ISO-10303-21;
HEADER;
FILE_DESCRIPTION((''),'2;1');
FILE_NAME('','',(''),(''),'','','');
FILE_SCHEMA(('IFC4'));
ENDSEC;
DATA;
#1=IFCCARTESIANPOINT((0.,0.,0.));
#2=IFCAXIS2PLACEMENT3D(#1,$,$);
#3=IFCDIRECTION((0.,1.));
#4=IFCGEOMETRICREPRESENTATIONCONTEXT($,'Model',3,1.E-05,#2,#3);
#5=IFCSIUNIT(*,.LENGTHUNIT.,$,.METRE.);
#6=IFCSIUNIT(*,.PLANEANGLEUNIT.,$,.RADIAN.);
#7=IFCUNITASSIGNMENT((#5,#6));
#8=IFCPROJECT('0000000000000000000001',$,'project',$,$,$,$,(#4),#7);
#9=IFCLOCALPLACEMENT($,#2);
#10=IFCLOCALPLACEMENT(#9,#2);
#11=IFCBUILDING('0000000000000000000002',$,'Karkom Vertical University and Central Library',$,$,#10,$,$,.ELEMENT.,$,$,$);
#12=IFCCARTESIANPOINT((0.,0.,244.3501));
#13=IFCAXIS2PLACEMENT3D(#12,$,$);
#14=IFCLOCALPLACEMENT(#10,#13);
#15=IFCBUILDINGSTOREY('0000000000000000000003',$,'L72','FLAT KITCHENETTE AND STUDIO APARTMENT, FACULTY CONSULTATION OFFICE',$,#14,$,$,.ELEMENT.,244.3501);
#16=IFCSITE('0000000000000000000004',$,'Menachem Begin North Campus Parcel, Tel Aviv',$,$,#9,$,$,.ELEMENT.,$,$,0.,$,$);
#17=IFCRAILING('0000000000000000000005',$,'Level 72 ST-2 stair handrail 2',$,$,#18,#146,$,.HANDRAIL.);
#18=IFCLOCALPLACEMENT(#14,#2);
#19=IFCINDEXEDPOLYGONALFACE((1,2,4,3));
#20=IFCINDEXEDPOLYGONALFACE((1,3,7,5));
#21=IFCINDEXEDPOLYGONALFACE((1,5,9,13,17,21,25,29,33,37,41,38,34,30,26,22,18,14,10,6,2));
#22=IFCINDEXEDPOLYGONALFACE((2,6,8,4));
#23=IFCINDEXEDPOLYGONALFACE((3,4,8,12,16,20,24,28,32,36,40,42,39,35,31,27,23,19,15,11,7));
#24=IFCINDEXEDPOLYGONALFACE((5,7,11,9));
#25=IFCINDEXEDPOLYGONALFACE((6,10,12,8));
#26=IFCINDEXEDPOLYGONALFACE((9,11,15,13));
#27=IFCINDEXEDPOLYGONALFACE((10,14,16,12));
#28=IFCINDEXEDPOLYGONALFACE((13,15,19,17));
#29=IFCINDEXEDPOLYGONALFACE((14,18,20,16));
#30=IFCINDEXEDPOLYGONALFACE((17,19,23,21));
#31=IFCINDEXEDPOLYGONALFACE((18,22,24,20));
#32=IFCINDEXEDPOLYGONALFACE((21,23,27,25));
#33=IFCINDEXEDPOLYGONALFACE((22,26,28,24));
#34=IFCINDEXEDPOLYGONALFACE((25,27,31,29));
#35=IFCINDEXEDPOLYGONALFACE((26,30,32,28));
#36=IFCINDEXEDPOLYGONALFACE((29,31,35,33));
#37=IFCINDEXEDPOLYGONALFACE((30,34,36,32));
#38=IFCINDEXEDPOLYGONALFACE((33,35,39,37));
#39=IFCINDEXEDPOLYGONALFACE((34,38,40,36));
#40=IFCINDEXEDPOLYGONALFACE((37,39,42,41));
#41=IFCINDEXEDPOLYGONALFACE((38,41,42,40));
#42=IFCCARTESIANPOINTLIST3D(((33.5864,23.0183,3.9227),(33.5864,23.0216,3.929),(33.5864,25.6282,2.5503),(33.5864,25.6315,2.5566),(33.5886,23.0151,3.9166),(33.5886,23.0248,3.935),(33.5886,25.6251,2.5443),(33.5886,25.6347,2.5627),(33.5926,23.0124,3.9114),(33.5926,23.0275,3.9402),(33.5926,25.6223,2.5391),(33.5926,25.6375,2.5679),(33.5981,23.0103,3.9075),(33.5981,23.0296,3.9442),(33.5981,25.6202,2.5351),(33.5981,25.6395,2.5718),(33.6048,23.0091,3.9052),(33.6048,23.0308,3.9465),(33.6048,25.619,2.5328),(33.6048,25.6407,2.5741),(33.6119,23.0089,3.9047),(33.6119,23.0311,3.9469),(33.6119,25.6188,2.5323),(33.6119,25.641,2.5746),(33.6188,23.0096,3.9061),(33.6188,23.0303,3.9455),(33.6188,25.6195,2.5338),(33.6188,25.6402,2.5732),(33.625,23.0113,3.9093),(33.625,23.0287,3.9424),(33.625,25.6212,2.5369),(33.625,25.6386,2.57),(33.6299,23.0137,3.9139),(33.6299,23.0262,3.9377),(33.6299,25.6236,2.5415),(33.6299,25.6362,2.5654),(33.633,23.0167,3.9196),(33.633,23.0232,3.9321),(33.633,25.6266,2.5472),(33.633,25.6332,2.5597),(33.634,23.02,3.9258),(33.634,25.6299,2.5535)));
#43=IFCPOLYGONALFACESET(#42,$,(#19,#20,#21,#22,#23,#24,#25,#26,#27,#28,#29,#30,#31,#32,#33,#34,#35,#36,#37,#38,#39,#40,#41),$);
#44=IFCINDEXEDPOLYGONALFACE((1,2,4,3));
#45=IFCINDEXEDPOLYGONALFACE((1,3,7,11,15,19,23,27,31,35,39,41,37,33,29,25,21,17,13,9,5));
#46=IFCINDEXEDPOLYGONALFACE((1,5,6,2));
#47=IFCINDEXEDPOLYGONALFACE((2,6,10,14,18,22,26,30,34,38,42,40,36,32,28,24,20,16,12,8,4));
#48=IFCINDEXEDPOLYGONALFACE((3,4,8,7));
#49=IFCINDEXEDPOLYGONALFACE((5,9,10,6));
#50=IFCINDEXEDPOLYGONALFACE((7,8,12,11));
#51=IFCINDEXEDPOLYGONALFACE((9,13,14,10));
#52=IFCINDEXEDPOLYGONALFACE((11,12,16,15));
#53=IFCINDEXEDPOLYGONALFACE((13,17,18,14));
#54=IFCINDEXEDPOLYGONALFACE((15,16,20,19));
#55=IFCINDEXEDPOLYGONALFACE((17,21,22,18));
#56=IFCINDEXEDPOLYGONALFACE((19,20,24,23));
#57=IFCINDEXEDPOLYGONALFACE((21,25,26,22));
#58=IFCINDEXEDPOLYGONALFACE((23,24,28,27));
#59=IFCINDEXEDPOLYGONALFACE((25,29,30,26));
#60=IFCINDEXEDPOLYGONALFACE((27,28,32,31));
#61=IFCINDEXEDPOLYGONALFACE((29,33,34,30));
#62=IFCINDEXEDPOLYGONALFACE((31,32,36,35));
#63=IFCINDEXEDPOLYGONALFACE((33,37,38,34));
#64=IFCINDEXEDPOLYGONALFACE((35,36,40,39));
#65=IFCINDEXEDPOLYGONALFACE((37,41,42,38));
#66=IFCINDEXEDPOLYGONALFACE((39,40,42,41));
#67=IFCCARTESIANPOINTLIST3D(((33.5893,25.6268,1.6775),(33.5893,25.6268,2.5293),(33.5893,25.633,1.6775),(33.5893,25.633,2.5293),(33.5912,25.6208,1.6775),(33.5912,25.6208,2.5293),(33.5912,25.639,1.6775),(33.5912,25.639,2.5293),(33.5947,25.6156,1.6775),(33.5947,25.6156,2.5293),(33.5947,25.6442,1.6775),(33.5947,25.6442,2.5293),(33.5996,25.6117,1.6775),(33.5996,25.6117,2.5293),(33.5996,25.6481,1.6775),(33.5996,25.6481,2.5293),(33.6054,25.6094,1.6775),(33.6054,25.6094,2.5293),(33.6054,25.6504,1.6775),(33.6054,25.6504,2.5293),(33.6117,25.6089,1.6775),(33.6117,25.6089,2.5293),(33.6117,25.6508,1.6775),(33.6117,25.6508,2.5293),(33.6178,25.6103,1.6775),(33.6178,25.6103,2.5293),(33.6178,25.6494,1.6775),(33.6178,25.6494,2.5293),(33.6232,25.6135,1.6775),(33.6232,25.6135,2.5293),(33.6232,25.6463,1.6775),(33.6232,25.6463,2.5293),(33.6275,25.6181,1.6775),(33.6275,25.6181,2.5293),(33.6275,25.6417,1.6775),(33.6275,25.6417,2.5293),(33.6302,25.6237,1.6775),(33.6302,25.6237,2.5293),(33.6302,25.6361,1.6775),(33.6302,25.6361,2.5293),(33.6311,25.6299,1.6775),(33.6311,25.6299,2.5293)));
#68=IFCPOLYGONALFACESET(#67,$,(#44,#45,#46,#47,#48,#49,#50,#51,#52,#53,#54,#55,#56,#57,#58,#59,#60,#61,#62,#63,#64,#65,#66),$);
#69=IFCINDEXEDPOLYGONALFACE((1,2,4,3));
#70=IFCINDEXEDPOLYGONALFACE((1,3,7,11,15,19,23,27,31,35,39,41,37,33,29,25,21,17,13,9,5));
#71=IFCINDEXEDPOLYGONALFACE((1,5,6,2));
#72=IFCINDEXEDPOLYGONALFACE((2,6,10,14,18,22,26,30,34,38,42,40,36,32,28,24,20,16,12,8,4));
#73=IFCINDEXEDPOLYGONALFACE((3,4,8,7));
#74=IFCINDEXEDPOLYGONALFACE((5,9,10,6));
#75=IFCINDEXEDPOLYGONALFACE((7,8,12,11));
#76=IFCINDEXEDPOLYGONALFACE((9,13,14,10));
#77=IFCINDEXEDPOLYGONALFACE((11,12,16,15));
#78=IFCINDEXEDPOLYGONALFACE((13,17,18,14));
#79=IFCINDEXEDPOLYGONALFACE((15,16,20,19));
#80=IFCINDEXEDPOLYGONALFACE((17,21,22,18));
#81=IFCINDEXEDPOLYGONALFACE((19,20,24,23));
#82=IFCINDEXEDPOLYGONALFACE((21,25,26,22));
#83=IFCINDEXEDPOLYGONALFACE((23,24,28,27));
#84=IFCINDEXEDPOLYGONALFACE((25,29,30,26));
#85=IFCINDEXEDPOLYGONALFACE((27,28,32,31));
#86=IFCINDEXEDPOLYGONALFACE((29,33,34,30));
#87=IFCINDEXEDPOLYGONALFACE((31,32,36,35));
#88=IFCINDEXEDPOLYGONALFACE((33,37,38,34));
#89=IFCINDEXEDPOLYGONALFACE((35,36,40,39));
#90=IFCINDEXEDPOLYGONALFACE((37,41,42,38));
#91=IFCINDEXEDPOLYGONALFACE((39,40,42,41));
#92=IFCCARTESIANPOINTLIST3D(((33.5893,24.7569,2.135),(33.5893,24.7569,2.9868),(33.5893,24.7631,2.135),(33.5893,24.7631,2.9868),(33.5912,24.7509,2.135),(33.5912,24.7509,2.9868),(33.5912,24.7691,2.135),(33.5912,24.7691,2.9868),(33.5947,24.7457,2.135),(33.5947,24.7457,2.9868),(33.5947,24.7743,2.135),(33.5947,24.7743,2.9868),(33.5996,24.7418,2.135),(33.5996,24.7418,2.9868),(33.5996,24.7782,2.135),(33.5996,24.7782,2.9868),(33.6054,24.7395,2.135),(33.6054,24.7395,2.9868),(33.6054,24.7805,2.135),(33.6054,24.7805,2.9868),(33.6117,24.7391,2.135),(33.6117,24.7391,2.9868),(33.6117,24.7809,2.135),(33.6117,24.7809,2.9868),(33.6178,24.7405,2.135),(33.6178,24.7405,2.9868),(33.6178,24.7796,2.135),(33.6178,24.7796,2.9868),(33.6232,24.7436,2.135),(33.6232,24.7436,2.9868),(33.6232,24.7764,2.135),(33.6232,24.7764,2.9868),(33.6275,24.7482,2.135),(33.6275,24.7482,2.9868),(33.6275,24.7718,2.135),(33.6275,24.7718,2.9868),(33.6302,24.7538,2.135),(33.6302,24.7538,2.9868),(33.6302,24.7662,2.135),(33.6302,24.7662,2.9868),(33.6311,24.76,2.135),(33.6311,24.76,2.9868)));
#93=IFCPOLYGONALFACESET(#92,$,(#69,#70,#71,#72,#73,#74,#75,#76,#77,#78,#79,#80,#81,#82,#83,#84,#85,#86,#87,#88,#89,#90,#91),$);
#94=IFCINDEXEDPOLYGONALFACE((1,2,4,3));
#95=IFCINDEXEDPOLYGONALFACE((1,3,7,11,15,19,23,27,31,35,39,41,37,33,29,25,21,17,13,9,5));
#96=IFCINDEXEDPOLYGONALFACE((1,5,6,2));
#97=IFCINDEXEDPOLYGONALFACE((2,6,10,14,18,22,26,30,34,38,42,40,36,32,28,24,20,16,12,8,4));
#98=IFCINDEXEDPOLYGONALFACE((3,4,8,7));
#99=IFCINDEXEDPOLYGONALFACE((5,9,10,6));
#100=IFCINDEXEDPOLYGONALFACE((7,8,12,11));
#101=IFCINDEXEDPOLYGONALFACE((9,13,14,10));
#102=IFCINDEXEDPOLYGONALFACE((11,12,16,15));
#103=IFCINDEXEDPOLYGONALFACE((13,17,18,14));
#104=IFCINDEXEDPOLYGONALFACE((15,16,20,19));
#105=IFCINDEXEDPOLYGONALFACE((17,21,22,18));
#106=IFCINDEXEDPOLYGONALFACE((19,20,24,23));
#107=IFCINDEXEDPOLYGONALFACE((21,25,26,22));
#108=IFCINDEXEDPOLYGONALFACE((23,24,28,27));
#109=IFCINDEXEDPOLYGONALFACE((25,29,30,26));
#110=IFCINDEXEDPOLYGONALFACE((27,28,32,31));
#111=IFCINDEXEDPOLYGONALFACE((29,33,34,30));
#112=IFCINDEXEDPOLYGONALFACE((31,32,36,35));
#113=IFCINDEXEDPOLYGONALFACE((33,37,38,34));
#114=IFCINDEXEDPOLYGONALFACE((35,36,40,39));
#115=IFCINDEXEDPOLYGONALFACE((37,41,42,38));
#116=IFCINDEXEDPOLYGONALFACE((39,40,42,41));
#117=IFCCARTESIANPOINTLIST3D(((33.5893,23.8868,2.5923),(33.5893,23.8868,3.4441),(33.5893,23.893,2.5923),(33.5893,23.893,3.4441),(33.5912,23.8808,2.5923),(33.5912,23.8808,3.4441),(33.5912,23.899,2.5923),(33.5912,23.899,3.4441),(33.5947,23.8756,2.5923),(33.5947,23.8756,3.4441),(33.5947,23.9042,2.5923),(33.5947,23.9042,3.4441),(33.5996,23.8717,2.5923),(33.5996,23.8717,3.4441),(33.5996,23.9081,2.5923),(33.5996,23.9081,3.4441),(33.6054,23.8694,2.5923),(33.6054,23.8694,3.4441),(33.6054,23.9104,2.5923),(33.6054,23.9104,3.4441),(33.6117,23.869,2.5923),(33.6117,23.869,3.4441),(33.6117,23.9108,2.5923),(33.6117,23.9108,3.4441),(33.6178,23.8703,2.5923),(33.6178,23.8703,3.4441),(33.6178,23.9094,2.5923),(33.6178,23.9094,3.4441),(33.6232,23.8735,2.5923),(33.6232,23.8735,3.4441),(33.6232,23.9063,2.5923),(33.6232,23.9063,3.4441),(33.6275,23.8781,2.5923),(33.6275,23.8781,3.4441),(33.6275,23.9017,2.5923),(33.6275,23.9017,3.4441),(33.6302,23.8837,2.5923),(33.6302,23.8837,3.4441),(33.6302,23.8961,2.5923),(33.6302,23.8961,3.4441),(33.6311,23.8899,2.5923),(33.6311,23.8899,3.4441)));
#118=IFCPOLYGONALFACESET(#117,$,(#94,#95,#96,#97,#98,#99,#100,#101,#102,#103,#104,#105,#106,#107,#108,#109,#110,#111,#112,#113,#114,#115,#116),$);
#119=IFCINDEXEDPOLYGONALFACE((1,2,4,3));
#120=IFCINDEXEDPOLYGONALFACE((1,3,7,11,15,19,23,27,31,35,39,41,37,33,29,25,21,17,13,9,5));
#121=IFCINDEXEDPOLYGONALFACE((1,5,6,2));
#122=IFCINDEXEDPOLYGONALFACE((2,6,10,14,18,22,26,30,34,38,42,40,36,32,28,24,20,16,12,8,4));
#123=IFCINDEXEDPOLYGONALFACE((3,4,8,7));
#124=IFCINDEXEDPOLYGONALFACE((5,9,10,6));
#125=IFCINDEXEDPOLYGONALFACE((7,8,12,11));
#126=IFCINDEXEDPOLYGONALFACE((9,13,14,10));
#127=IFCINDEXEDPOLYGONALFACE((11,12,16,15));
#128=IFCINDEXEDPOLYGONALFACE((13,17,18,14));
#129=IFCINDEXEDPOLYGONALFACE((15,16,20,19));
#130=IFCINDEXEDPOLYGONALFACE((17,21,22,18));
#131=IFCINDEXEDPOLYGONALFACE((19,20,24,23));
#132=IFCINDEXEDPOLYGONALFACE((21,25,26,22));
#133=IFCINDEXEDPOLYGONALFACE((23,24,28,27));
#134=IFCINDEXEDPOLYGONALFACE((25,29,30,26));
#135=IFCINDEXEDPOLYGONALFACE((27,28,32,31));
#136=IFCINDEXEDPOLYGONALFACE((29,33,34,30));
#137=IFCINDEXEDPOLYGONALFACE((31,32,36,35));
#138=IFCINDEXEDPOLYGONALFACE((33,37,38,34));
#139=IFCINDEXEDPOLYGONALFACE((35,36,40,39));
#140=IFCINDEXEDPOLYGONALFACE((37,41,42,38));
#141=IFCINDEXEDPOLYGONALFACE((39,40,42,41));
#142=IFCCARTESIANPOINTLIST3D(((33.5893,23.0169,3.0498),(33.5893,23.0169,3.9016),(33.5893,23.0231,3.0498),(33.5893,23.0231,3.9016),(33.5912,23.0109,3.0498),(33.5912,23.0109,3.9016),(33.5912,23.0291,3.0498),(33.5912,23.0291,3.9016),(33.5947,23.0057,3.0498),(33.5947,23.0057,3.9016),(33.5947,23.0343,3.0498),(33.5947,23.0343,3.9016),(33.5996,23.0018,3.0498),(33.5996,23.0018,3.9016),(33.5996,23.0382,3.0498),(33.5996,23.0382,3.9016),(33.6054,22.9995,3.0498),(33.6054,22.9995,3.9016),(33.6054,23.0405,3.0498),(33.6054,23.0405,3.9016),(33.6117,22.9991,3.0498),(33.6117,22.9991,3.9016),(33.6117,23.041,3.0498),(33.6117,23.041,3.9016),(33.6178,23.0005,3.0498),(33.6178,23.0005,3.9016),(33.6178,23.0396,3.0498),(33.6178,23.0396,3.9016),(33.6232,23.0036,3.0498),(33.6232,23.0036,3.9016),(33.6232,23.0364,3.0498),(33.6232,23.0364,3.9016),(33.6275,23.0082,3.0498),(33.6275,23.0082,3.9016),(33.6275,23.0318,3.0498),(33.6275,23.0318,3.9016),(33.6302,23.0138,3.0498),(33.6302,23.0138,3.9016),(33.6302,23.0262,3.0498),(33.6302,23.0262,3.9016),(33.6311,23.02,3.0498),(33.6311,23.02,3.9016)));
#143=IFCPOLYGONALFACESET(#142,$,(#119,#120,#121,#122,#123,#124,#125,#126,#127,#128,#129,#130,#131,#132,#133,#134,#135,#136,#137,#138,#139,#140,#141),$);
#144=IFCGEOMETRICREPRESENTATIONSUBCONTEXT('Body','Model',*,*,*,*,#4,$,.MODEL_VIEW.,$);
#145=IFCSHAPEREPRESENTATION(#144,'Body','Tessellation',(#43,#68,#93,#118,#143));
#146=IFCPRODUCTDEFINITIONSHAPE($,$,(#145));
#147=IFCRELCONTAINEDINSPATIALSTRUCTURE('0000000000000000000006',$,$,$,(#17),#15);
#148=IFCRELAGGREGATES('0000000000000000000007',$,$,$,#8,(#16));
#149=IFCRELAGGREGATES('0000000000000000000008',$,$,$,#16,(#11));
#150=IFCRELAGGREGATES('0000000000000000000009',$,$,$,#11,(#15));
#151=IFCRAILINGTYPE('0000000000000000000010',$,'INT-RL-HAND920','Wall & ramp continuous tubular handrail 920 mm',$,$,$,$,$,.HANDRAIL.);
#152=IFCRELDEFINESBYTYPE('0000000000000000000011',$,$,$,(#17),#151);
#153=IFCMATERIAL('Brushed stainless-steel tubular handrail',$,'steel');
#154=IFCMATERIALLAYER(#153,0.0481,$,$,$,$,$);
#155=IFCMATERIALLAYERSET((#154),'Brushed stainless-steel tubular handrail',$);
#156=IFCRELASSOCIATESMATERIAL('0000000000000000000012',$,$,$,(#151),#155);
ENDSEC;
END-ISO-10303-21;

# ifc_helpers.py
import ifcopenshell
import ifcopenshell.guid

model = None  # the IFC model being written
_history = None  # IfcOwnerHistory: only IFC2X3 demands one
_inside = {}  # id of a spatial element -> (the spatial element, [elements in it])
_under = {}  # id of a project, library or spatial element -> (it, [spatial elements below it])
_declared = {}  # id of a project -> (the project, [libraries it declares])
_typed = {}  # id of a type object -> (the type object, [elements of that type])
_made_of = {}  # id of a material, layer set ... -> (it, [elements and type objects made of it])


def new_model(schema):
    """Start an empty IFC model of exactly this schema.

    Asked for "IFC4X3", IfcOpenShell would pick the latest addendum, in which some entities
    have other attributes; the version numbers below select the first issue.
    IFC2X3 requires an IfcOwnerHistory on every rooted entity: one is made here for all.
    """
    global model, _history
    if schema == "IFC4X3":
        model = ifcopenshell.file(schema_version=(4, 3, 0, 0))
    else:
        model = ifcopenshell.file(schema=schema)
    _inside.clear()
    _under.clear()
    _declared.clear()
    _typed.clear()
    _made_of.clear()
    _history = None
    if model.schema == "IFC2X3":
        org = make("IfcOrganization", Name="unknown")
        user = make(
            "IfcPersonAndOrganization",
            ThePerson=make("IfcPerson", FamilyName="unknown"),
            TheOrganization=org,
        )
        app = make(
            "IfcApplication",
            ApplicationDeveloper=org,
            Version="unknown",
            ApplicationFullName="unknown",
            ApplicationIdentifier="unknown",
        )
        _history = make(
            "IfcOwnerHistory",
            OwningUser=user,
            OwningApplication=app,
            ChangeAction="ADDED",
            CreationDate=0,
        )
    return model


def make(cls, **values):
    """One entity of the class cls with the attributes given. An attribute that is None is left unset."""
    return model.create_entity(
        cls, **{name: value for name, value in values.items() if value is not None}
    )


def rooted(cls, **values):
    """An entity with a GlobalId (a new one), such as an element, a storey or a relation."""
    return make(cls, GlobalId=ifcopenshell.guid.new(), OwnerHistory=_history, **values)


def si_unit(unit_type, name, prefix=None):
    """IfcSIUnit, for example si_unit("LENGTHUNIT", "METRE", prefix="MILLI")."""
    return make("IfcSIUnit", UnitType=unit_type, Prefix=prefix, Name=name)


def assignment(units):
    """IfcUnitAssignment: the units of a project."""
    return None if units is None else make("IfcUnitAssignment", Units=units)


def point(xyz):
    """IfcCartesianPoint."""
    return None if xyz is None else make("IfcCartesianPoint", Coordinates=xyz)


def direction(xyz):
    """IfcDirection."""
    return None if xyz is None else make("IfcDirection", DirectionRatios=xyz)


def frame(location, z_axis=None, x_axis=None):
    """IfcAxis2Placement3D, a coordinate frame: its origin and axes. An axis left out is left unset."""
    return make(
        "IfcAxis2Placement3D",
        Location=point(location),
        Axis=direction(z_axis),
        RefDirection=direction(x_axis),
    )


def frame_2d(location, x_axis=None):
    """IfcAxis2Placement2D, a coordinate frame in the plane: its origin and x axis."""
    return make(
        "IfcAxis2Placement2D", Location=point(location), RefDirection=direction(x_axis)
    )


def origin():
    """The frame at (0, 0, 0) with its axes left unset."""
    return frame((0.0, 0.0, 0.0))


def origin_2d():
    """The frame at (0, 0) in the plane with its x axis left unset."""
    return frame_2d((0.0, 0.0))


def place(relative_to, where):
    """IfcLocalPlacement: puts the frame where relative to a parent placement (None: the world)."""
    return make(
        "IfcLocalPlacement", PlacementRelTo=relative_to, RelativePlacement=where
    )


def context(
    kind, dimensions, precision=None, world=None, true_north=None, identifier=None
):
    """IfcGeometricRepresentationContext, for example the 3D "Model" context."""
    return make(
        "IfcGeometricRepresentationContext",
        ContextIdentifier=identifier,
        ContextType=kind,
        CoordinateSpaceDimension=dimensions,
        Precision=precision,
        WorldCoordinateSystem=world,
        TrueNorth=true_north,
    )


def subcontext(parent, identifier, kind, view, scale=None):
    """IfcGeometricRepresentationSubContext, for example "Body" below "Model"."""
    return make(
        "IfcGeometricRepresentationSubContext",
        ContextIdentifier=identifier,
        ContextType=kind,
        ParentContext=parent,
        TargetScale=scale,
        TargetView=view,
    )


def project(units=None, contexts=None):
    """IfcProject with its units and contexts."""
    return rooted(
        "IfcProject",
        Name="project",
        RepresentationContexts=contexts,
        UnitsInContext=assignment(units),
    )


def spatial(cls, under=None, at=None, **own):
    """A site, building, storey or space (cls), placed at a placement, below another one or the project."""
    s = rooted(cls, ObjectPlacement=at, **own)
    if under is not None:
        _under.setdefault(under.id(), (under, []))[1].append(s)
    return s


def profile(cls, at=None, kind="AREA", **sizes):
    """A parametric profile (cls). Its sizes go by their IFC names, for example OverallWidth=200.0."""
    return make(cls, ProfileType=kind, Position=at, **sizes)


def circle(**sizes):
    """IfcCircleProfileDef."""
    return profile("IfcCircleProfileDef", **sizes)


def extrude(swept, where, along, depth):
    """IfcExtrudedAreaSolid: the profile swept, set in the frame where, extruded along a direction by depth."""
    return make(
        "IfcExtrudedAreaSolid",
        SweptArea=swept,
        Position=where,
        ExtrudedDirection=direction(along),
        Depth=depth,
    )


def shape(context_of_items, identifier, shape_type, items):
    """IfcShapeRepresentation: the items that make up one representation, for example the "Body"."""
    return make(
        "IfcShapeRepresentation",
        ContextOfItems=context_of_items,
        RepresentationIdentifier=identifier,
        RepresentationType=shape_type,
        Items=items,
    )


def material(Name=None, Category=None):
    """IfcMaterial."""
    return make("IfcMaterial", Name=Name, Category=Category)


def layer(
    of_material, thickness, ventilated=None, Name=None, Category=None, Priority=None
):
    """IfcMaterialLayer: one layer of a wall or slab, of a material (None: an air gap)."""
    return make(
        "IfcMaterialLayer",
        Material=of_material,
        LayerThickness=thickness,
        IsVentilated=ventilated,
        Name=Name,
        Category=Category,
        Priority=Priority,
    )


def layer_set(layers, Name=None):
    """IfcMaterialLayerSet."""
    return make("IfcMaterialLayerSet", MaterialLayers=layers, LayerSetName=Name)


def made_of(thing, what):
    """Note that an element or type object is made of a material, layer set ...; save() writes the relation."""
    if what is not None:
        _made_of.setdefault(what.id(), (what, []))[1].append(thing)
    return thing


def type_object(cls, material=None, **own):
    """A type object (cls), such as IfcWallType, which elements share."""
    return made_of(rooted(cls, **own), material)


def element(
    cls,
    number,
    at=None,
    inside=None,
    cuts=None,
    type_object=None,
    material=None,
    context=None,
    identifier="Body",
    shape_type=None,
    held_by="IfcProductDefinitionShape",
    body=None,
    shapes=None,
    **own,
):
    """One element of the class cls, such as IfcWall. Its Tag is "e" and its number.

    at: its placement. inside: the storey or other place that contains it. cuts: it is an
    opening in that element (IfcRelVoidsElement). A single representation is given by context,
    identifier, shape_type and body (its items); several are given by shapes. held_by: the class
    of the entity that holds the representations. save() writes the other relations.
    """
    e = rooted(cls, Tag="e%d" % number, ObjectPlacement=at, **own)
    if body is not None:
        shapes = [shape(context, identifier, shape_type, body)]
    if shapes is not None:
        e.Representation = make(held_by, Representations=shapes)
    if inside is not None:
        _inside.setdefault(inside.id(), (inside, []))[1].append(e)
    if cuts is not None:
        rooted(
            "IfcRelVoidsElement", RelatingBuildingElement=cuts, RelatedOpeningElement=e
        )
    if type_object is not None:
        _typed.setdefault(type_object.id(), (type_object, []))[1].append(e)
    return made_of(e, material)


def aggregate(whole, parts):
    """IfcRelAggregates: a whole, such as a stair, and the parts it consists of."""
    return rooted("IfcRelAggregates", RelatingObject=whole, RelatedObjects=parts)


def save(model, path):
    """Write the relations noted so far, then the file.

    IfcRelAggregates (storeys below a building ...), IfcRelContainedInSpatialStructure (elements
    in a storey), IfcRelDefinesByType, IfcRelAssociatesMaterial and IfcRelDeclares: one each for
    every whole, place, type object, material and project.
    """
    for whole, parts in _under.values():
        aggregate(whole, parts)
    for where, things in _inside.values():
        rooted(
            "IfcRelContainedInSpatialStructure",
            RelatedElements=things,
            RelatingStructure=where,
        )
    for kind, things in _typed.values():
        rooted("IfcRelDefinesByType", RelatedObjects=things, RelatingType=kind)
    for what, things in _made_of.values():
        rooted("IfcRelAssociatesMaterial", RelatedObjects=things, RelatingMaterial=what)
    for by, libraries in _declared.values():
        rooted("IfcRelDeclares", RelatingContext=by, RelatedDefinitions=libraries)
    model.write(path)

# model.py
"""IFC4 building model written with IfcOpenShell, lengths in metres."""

from ifc_helpers import new_model, si_unit, direction, frame, origin, origin_2d, place, context, subcontext, project, spatial, circle, extrude, material, layer, layer_set, type_object, element, save


model = new_model("IFC4")

# Units and contexts
model_context = context("Model", 3, precision=1e-05, world=origin(), true_north=direction((0.0, 1.0)))
body_context = subcontext(model_context, "Body", "Model", "MODEL_VIEW")
ifc_project = project(units=[si_unit("LENGTHUNIT", "METRE"), si_unit("PLANEANGLEUNIT", "RADIAN")], contexts=[model_context])

# Site, building, storey
site_placement = place(None, origin())
site = spatial("IfcSite", under=ifc_project, at=site_placement, Name="Menachem Begin North Campus Parcel, Tel Aviv", CompositionType="ELEMENT", RefElevation=0.0)
building_placement = place(site_placement, origin())
building = spatial("IfcBuilding", under=site, at=building_placement, Name="Karkom Vertical University and Central Library", CompositionType="ELEMENT")
storey_placement = place(building_placement, frame((0.0, 0.0, 244.3501)))
storey = spatial("IfcBuildingStorey", under=building, at=storey_placement, Name="L72", Description="FLAT KITCHENETTE AND STUDIO APARTMENT, FACULTY CONSULTATION OFFICE", CompositionType="ELEMENT", Elevation=244.3501)

# Railing
ifc_material_1 = material(Name="Brushed stainless-steel tubular handrail", Category="steel")
ifc_layer_1 = layer(ifc_material_1, 0.0481)
ifc_layer_set_1 = layer_set([ifc_layer_1], Name="Brushed stainless-steel tubular handrail")
railing_type_1 = type_object("IfcRailingType", Name="INT-RL-HAND920", Description="Wall & ramp continuous tubular handrail 920 mm", PredefinedType="HANDRAIL", material=ifc_layer_set_1)
railing_1_placement = place(storey_placement, frame((33.6101, 25.6299, 1.6775)))
element("IfcRailing", 1, at=railing_1_placement, inside=storey, type_object=railing_type_1, Name="Level 72 ST-2 stair handrail 2", PredefinedType="HANDRAIL", context=body_context, shape_type="SweptSolid", body=[
    extrude(circle(Radius=0.0239, at=origin_2d()), frame((0.0, 0.0, 0.876), z_axis=(0.0, -0.8851, 0.465402), x_axis=(1.0, 0.0, 0.0)), (0.0, 0.0, 1.0), 2.9487),
    extrude(circle(Radius=0.021, at=origin_2d()), origin(), (0.0, 0.0, 1.0), 0.8518),
    extrude(circle(Radius=0.021, at=origin_2d()), frame((0.0, -0.8699, 0.4575)), (0.0, 0.0, 1.0), 0.8518),
    extrude(circle(Radius=0.021, at=origin_2d()), frame((0.0, -1.74, 0.9148)), (0.0, 0.0, 1.0), 0.8518),
    extrude(circle(Radius=0.021, at=origin_2d()), frame((0.0, -2.6099, 1.3723)), (0.0, 0.0, 1.0), 0.8518),
])

save(model, "model.ifc")
